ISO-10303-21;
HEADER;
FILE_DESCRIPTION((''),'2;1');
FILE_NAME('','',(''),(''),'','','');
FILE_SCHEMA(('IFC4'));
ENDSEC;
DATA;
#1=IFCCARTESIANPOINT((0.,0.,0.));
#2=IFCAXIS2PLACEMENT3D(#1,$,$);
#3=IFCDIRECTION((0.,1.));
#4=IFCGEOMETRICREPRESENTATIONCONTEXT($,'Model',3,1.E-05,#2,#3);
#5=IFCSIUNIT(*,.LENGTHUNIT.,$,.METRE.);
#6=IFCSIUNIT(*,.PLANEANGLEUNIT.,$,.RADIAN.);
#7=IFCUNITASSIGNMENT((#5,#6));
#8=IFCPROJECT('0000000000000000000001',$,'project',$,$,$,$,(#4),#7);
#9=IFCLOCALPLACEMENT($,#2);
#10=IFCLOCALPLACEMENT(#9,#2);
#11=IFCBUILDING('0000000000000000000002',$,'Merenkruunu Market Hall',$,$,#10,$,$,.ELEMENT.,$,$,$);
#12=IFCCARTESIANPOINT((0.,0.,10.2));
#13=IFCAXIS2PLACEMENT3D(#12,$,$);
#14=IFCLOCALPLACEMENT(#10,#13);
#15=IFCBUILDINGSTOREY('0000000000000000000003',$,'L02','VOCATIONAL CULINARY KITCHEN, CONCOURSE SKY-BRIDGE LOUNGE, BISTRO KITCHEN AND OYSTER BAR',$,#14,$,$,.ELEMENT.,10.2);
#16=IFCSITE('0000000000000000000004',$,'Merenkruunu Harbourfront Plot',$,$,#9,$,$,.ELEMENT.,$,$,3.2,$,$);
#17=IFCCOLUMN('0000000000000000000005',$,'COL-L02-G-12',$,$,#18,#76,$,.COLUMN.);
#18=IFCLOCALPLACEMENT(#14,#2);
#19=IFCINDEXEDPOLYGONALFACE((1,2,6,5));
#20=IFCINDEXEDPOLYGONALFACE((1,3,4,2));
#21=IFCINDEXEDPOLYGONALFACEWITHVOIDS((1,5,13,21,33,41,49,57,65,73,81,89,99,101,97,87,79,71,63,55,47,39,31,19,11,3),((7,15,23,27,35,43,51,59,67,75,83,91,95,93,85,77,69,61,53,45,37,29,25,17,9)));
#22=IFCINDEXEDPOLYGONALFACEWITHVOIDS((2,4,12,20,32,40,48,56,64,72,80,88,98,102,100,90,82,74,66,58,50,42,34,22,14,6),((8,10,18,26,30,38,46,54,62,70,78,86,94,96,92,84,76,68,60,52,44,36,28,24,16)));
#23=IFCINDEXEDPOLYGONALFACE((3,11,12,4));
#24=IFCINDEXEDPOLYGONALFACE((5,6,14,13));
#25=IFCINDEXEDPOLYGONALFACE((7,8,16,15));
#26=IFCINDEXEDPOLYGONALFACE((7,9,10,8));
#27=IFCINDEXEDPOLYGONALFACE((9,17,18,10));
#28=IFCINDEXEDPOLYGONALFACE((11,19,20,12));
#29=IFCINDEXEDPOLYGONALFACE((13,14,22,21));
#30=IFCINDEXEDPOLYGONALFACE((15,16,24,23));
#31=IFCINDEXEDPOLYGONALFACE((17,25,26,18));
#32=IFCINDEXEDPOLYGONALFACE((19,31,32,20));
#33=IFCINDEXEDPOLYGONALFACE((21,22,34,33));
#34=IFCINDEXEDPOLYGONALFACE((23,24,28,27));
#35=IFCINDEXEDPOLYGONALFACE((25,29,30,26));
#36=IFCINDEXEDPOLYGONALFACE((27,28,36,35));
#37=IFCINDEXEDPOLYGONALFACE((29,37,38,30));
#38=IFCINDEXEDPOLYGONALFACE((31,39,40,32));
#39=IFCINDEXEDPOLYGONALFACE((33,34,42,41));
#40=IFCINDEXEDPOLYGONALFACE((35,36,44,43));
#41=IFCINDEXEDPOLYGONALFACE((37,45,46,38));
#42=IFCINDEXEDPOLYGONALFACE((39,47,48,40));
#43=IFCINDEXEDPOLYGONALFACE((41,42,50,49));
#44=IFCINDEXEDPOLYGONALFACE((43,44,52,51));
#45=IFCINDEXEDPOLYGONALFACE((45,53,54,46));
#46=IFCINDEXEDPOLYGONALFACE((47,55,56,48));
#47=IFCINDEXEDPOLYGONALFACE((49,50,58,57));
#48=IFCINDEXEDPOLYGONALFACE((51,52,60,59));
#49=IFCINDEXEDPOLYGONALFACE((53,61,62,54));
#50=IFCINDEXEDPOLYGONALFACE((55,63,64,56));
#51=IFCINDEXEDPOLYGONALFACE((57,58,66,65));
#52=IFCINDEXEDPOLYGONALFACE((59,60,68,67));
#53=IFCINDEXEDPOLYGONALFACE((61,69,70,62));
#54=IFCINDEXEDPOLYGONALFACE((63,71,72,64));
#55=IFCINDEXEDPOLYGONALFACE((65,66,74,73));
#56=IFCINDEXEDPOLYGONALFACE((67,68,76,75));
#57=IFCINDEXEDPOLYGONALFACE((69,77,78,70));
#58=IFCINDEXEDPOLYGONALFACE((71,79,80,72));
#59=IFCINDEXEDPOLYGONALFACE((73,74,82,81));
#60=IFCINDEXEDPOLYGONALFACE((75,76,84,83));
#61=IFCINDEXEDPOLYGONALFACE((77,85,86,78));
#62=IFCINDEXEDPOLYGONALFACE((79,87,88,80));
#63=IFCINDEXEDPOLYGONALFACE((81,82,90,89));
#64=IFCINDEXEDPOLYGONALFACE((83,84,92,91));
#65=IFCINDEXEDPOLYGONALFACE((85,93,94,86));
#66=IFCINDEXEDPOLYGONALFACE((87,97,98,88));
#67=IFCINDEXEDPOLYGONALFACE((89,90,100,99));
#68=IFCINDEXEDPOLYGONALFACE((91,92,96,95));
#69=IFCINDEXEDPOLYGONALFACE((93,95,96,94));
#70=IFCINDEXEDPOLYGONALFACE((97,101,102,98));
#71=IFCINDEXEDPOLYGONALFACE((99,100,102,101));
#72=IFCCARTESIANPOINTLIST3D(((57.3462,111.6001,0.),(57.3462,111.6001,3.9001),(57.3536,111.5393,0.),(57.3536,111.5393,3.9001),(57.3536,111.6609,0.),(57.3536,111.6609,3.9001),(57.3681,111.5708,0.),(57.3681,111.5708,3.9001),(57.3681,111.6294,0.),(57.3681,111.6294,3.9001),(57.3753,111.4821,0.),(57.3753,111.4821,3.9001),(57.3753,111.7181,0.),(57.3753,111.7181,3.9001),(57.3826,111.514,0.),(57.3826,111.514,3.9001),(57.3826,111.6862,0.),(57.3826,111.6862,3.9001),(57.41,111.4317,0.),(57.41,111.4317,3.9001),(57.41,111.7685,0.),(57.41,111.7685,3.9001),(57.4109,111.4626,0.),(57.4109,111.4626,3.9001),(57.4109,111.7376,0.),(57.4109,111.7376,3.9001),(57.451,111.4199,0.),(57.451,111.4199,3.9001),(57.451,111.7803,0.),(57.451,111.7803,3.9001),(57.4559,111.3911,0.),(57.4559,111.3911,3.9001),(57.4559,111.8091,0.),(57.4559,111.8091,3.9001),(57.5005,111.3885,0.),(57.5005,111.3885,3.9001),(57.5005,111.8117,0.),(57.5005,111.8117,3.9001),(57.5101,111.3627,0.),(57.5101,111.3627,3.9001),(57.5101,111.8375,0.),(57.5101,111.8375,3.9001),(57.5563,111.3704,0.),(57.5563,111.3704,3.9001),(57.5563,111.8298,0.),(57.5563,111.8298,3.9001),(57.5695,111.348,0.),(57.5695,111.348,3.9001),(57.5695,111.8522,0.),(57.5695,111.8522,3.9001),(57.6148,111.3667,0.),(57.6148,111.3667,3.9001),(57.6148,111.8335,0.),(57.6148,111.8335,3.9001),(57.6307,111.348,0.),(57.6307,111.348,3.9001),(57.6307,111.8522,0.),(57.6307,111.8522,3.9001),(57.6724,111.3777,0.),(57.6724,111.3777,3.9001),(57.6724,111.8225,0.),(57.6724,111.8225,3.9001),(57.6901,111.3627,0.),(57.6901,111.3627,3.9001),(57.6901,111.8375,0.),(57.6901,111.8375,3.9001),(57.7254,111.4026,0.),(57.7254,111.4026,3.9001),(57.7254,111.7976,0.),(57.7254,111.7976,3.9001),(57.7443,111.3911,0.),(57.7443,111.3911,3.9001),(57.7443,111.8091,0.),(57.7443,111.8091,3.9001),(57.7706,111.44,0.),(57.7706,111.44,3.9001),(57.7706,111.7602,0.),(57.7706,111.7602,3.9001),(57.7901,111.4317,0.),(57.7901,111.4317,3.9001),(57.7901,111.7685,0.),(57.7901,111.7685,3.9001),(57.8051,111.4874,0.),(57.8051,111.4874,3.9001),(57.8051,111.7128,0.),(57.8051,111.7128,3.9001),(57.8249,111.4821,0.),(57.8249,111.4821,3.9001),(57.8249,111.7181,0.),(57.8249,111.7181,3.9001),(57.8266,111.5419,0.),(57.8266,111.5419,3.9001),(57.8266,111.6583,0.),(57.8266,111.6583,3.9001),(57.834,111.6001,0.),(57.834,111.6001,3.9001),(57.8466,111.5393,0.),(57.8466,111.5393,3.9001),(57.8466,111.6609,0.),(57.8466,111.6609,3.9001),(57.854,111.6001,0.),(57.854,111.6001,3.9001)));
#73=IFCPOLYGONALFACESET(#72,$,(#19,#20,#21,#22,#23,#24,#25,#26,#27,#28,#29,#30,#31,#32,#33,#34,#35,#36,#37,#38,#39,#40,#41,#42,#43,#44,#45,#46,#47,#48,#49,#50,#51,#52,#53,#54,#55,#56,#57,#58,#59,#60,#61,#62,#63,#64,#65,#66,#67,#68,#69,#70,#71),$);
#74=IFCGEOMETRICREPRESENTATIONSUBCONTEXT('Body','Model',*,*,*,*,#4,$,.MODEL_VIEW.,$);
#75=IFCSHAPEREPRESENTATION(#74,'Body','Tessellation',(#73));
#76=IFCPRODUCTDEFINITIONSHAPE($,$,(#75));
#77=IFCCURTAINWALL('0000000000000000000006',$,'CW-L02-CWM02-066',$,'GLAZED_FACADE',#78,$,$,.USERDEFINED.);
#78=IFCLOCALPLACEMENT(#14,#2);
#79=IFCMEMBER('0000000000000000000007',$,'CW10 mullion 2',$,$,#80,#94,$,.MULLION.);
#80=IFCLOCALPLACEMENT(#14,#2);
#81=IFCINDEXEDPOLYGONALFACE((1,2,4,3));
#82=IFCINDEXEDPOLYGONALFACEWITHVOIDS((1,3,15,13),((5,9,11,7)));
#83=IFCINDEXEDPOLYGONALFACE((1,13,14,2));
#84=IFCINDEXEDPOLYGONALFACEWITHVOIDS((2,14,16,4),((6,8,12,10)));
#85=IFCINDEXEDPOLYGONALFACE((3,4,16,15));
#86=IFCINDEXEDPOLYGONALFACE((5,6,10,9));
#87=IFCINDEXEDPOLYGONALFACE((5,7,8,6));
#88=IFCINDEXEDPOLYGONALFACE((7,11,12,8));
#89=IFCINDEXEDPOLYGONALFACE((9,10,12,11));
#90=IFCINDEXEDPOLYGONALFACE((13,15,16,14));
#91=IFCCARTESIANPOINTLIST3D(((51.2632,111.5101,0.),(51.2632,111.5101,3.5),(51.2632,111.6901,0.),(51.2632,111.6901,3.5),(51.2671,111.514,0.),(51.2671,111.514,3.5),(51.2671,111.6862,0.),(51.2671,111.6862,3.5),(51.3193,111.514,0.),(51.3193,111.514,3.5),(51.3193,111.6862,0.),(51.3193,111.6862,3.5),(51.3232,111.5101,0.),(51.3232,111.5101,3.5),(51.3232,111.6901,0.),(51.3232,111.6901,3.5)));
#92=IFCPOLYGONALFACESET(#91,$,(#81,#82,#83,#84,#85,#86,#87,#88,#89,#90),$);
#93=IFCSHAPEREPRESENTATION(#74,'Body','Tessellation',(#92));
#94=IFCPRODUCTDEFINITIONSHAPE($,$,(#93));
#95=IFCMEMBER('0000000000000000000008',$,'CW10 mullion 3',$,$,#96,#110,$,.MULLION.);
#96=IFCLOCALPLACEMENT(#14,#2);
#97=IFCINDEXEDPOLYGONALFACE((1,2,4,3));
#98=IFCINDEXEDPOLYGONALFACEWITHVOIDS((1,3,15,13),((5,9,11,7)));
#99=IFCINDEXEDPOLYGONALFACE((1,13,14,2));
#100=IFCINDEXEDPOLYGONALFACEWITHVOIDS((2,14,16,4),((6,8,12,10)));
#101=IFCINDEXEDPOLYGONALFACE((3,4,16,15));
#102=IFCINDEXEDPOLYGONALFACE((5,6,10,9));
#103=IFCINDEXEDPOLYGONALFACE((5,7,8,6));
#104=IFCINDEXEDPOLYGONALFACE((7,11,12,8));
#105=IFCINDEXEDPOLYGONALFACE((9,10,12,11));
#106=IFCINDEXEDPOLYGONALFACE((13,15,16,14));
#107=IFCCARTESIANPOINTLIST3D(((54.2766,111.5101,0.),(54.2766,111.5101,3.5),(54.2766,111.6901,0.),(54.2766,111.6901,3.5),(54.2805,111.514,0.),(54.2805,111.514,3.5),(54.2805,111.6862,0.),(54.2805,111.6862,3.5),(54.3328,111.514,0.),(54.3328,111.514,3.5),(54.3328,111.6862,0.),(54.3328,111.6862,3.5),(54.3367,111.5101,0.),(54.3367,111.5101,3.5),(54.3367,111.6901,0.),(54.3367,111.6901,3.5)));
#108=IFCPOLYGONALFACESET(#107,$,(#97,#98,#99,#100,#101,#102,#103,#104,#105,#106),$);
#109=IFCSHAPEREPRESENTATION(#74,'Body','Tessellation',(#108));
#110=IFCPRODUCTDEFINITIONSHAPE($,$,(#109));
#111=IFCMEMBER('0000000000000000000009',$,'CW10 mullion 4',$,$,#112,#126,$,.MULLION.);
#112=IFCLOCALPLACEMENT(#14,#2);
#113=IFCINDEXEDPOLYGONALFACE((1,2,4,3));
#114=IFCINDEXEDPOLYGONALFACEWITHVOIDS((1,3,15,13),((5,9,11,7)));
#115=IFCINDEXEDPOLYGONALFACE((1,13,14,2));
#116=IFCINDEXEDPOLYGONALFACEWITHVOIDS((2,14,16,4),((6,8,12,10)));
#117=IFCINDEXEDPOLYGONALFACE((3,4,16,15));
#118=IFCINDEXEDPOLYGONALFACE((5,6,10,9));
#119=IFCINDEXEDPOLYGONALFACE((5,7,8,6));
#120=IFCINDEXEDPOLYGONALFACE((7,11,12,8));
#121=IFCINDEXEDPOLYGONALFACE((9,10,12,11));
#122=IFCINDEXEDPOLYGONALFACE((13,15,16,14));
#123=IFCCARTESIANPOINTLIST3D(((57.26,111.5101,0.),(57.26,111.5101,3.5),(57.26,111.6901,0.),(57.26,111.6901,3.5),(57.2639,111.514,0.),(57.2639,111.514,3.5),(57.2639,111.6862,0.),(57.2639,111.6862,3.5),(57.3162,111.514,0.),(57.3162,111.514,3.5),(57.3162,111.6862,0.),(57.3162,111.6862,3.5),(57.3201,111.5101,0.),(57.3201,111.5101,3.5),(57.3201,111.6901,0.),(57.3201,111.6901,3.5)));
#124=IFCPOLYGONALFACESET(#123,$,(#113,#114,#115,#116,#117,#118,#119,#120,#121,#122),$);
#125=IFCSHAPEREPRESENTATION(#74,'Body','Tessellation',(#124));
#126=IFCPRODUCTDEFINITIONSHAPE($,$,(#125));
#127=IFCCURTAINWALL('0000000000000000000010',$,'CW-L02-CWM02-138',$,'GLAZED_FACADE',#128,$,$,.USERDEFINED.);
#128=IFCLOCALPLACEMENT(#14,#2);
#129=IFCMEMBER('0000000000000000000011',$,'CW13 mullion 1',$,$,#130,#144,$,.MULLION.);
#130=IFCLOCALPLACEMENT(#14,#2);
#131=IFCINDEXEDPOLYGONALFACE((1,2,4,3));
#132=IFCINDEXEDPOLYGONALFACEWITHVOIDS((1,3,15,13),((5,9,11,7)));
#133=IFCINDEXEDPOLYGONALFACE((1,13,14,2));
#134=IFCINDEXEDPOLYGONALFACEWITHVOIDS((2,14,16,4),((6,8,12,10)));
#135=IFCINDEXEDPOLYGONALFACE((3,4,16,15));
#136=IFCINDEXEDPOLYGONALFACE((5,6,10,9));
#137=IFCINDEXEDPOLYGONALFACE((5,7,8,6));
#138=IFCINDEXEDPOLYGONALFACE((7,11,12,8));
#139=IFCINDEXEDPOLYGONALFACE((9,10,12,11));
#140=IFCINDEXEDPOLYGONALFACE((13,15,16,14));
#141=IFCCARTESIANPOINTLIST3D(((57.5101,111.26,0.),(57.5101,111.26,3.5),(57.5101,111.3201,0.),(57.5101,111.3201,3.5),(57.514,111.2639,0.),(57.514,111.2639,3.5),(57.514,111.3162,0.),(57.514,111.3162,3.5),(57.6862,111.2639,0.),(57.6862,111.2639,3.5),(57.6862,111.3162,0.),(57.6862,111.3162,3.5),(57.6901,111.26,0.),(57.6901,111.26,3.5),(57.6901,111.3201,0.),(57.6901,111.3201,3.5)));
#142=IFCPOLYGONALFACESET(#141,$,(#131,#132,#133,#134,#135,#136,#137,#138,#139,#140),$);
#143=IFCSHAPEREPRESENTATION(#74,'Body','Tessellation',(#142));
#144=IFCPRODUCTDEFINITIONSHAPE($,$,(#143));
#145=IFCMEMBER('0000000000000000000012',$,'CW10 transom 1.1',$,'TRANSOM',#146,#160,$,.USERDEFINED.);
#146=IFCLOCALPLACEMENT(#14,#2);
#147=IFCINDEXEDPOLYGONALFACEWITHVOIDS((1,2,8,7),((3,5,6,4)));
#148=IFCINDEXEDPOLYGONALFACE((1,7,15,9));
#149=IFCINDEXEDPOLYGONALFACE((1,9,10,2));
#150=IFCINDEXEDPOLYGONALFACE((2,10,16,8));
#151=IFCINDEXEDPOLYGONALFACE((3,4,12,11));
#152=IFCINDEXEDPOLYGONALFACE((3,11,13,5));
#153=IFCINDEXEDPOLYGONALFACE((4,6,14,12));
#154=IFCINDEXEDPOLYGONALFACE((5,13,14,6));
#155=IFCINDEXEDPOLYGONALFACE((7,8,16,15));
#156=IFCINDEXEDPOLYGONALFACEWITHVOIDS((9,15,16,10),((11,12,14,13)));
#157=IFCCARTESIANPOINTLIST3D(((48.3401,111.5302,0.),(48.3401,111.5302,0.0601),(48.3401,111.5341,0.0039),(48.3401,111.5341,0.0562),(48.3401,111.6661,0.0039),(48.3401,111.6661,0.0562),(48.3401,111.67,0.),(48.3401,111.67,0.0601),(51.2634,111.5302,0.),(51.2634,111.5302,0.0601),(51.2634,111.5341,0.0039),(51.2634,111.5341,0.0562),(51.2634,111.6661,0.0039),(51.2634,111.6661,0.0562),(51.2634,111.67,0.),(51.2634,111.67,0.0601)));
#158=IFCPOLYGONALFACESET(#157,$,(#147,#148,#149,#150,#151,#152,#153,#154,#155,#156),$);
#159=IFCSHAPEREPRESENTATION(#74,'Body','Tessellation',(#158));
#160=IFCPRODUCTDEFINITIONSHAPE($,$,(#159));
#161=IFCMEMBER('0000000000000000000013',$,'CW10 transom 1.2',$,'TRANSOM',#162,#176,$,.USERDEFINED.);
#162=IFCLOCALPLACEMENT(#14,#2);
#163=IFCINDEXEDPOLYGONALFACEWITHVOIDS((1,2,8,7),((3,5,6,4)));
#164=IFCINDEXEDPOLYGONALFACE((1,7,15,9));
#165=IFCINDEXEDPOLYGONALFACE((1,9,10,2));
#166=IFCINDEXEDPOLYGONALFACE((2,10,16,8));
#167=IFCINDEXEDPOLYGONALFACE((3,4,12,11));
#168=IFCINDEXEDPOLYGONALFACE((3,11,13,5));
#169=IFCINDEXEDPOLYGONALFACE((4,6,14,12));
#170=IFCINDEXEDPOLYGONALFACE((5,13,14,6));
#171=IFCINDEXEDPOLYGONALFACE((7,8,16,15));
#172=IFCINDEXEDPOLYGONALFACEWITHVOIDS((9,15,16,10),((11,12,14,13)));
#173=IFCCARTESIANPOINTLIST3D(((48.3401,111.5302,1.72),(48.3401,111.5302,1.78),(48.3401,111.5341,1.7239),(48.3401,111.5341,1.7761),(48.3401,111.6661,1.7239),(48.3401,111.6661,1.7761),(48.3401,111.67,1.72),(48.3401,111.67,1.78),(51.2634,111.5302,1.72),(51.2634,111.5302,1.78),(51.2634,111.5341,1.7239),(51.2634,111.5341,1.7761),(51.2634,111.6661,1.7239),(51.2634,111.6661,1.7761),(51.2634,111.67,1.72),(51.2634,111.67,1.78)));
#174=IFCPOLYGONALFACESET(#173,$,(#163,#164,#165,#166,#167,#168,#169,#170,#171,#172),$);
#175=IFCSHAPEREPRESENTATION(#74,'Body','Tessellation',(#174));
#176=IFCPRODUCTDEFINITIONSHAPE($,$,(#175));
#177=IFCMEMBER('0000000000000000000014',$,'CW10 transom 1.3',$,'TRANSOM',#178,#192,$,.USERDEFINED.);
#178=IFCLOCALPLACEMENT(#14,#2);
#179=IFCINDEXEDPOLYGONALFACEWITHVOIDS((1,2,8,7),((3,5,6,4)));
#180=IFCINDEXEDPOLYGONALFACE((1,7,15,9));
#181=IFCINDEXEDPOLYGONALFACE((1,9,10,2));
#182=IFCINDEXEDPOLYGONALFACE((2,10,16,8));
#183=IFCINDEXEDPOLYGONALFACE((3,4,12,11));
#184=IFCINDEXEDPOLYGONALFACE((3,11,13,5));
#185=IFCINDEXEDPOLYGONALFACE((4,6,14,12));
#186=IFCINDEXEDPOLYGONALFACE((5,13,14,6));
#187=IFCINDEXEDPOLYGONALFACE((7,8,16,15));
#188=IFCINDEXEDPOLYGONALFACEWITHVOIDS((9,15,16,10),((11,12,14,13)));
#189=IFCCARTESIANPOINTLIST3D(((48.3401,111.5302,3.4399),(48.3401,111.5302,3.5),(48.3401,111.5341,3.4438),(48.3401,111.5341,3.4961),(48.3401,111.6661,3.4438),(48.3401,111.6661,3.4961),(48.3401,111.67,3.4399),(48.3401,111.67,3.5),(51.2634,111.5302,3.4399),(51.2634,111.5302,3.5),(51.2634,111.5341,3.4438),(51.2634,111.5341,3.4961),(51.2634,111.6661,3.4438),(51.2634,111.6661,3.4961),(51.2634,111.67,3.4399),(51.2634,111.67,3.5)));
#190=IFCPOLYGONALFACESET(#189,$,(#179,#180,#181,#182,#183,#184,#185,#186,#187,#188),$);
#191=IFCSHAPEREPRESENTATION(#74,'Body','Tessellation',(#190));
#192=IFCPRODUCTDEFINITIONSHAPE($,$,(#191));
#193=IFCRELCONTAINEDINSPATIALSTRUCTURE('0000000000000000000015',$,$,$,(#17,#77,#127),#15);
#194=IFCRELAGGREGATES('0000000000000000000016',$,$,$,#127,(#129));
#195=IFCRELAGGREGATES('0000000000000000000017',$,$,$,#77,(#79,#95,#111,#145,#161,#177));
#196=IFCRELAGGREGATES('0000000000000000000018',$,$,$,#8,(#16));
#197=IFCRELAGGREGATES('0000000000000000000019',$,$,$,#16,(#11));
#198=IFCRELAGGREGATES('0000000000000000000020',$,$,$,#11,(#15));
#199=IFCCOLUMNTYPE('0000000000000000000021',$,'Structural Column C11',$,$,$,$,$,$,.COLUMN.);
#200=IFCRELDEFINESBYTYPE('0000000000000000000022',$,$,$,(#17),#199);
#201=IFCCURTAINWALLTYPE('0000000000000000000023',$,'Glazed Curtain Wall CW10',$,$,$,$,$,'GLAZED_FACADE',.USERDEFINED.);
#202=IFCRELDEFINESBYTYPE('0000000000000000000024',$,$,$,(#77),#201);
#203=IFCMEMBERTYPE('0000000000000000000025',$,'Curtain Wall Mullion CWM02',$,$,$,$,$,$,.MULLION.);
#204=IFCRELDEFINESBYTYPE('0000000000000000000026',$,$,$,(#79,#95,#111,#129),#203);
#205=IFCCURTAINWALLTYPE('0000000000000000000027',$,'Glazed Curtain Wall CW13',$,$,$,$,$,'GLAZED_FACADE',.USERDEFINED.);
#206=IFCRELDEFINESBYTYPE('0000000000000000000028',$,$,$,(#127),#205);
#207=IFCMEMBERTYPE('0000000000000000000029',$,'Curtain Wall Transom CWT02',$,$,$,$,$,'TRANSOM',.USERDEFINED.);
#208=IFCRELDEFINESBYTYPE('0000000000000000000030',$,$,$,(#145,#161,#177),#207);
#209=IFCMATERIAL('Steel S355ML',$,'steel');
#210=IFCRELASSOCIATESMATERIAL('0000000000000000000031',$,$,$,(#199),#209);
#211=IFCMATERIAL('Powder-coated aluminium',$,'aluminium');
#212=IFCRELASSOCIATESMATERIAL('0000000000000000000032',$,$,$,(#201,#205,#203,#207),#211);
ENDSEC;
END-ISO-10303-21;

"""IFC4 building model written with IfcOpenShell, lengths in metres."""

from ifc_helpers import new_model, si_unit, direction, frame, origin, origin_2d, place, context, subcontext, project, spatial, hollow_rectangle, hollow_circle, extrude, material, material_profile, profile_set, type_object, element, aggregate, save


model = new_model("IFC4")

# Units and contexts
model_context = context("Model", 3, precision=1e-05, world=origin(), true_north=direction((0.0, 1.0)))
body_context = subcontext(model_context, "Body", "Model", "MODEL_VIEW")
ifc_project = project(units=[si_unit("LENGTHUNIT", "METRE"), si_unit("PLANEANGLEUNIT", "RADIAN")], contexts=[model_context])

# Site, building, storey
site_placement = place(None, origin())
site = spatial("IfcSite", under=ifc_project, at=site_placement, Name="Merenkruunu Harbourfront Plot", CompositionType="ELEMENT", RefElevation=3.2)
building_placement = place(site_placement, origin())
building = spatial("IfcBuilding", under=site, at=building_placement, Name="Merenkruunu Market Hall", CompositionType="ELEMENT")
storey_placement = place(building_placement, frame((0.0, 0.0, 10.2)))
storey = spatial("IfcBuildingStorey", under=building, at=storey_placement, Name="L02", Description="VOCATIONAL CULINARY KITCHEN, CONCOURSE SKY-BRIDGE LOUNGE, BISTRO KITCHEN AND OYSTER BAR", CompositionType="ELEMENT", Elevation=10.2)

# Column
ifc_material_1 = material(Name="Steel S355ML", Category="steel")
ifc_material_profile_1 = material_profile(ifc_material_1, hollow_circle(Radius=0.2539, WallThickness=0.02, at=origin_2d()), Name="CHS 508x20")
ifc_profile_set_1 = profile_set([ifc_material_profile_1], Name="Steel S355ML")
column_type = type_object("IfcColumnType", Name="Structural Column C11", PredefinedType="COLUMN", material=ifc_profile_set_1)
column_placement = place(storey_placement, frame((57.6001, 111.6001, 0.0), z_axis=(0.0, 0.0, 1.0), x_axis=(1.0, 0.0, 0.0)))
element("IfcColumn", 1, at=column_placement, inside=storey, type_object=column_type, Name="COL-L02-G-12", PredefinedType="COLUMN", context=body_context, shape_type="SweptSolid", body=[
    extrude(hollow_circle(Radius=0.2539, WallThickness=0.02, at=origin_2d()), origin(), (0.0, 0.0, 1.0), 3.9001),
])

# Curtain wall, members
ifc_material_2 = material(Name="Powder-coated aluminium", Category="aluminium")
curtain_wall_type_1 = type_object("IfcCurtainWallType", Name="Glazed Curtain Wall CW10", ElementType="GLAZED_FACADE", PredefinedType="USERDEFINED", material=ifc_material_2)
curtain_wall_1_placement = place(storey_placement, origin())
curtain_wall_1 = element("IfcCurtainWall", 2, at=curtain_wall_1_placement, inside=storey, type_object=curtain_wall_type_1, Name="CW-L02-CWM02-066", ObjectType="GLAZED_FACADE", PredefinedType="USERDEFINED")
ifc_material_profile_2 = material_profile(ifc_material_2, hollow_rectangle(XDim=0.0601, YDim=0.1799, WallThickness=0.0039, at=origin_2d()), Name="ALU 60x180x4")
ifc_profile_set_2 = profile_set([ifc_material_profile_2], Name="Powder-coated aluminium")
member_type_1 = type_object("IfcMemberType", Name="Curtain Wall Mullion CWM02", PredefinedType="MULLION", material=ifc_profile_set_2)
member_1_placement = place(storey_placement, frame((51.2932, 111.6001, 0.0), z_axis=(0.0, 0.0, 1.0), x_axis=(1.0, 0.0, 0.0)))
member_1 = element("IfcMember", 3, at=member_1_placement, type_object=member_type_1, Name="CW10 mullion 2", PredefinedType="MULLION", context=body_context, shape_type="SweptSolid", body=[
    extrude(hollow_rectangle(XDim=0.0601, YDim=0.1799, WallThickness=0.0039, at=origin_2d()), origin(), (0.0, 0.0, 1.0), 3.5),
])
member_2_placement = place(storey_placement, frame((54.3066, 111.6001, 0.0), z_axis=(0.0, 0.0, 1.0), x_axis=(1.0, 0.0, 0.0)))
member_2 = element("IfcMember", 4, at=member_2_placement, type_object=member_type_1, Name="CW10 mullion 3", PredefinedType="MULLION", context=body_context, shape_type="SweptSolid", body=[
    extrude(hollow_rectangle(XDim=0.0601, YDim=0.1799, WallThickness=0.0039, at=origin_2d()), origin(), (0.0, 0.0, 1.0), 3.5),
])
member_3_placement = place(storey_placement, frame((57.29, 111.6001, 0.0), z_axis=(0.0, 0.0, 1.0), x_axis=(1.0, 0.0, 0.0)))
member_3 = element("IfcMember", 5, at=member_3_placement, type_object=member_type_1, Name="CW10 mullion 4", PredefinedType="MULLION", context=body_context, shape_type="SweptSolid", body=[
    extrude(hollow_rectangle(XDim=0.0601, YDim=0.1799, WallThickness=0.0039, at=origin_2d()), origin(), (0.0, 0.0, 1.0), 3.5),
])

# Curtain wall, member
curtain_wall_type_2 = type_object("IfcCurtainWallType", Name="Glazed Curtain Wall CW13", ElementType="GLAZED_FACADE", PredefinedType="USERDEFINED", material=ifc_material_2)
curtain_wall_2_placement = place(storey_placement, origin())
curtain_wall_2 = element("IfcCurtainWall", 6, at=curtain_wall_2_placement, inside=storey, type_object=curtain_wall_type_2, Name="CW-L02-CWM02-138", ObjectType="GLAZED_FACADE", PredefinedType="USERDEFINED")
member_4_placement = place(storey_placement, frame((57.6001, 111.29, 0.0), z_axis=(0.0, 0.0, 1.0), x_axis=(0.0, -1.0, 0.0)))
member_4 = element("IfcMember", 7, at=member_4_placement, type_object=member_type_1, Name="CW13 mullion 1", PredefinedType="MULLION", context=body_context, shape_type="SweptSolid", body=[
    extrude(hollow_rectangle(XDim=0.0601, YDim=0.1799, WallThickness=0.0039, at=origin_2d()), origin(), (0.0, 0.0, 1.0), 3.5),
])

# Members
ifc_material_profile_3 = material_profile(ifc_material_2, hollow_rectangle(XDim=0.0601, YDim=0.1399, WallThickness=0.0039, at=origin_2d()), Name="ALU 60x140x4")
ifc_profile_set_3 = profile_set([ifc_material_profile_3], Name="Powder-coated aluminium")
member_type_2 = type_object("IfcMemberType", Name="Curtain Wall Transom CWT02", ElementType="TRANSOM", PredefinedType="USERDEFINED", material=ifc_profile_set_3)
member_5_placement = place(storey_placement, frame((48.3401, 111.6001, 0.03), z_axis=(1.0, 0.0, 0.0), x_axis=(0.0, 0.0, 1.0)))
member_5 = element("IfcMember", 8, at=member_5_placement, type_object=member_type_2, Name="CW10 transom 1.1", ObjectType="TRANSOM", PredefinedType="USERDEFINED", context=body_context, shape_type="SweptSolid", body=[
    extrude(hollow_rectangle(XDim=0.0601, YDim=0.1399, WallThickness=0.0039, at=origin_2d()), origin(), (0.0, 0.0, 1.0), 2.9233),
])
member_6_placement = place(storey_placement, frame((48.3401, 111.6001, 1.75), z_axis=(1.0, 0.0, 0.0), x_axis=(0.0, 0.0, 1.0)))
member_6 = element("IfcMember", 9, at=member_6_placement, type_object=member_type_2, Name="CW10 transom 1.2", ObjectType="TRANSOM", PredefinedType="USERDEFINED", context=body_context, shape_type="SweptSolid", body=[
    extrude(hollow_rectangle(XDim=0.0601, YDim=0.1399, WallThickness=0.0039, at=origin_2d()), origin(), (0.0, 0.0, 1.0), 2.9233),
])
member_7_placement = place(storey_placement, frame((48.3401, 111.6001, 3.47), z_axis=(1.0, 0.0, 0.0), x_axis=(0.0, 0.0, 1.0)))
member_7 = element("IfcMember", 10, at=member_7_placement, type_object=member_type_2, Name="CW10 transom 1.3", ObjectType="TRANSOM", PredefinedType="USERDEFINED", context=body_context, shape_type="SweptSolid", body=[
    extrude(hollow_rectangle(XDim=0.0601, YDim=0.1399, WallThickness=0.0039, at=origin_2d()), origin(), (0.0, 0.0, 1.0), 2.9233),
])
aggregate(curtain_wall_2, [member_4])

aggregate(curtain_wall_1, [member_1, member_2, member_3, member_5, member_6, member_7])

save(model, "model.ifc")
